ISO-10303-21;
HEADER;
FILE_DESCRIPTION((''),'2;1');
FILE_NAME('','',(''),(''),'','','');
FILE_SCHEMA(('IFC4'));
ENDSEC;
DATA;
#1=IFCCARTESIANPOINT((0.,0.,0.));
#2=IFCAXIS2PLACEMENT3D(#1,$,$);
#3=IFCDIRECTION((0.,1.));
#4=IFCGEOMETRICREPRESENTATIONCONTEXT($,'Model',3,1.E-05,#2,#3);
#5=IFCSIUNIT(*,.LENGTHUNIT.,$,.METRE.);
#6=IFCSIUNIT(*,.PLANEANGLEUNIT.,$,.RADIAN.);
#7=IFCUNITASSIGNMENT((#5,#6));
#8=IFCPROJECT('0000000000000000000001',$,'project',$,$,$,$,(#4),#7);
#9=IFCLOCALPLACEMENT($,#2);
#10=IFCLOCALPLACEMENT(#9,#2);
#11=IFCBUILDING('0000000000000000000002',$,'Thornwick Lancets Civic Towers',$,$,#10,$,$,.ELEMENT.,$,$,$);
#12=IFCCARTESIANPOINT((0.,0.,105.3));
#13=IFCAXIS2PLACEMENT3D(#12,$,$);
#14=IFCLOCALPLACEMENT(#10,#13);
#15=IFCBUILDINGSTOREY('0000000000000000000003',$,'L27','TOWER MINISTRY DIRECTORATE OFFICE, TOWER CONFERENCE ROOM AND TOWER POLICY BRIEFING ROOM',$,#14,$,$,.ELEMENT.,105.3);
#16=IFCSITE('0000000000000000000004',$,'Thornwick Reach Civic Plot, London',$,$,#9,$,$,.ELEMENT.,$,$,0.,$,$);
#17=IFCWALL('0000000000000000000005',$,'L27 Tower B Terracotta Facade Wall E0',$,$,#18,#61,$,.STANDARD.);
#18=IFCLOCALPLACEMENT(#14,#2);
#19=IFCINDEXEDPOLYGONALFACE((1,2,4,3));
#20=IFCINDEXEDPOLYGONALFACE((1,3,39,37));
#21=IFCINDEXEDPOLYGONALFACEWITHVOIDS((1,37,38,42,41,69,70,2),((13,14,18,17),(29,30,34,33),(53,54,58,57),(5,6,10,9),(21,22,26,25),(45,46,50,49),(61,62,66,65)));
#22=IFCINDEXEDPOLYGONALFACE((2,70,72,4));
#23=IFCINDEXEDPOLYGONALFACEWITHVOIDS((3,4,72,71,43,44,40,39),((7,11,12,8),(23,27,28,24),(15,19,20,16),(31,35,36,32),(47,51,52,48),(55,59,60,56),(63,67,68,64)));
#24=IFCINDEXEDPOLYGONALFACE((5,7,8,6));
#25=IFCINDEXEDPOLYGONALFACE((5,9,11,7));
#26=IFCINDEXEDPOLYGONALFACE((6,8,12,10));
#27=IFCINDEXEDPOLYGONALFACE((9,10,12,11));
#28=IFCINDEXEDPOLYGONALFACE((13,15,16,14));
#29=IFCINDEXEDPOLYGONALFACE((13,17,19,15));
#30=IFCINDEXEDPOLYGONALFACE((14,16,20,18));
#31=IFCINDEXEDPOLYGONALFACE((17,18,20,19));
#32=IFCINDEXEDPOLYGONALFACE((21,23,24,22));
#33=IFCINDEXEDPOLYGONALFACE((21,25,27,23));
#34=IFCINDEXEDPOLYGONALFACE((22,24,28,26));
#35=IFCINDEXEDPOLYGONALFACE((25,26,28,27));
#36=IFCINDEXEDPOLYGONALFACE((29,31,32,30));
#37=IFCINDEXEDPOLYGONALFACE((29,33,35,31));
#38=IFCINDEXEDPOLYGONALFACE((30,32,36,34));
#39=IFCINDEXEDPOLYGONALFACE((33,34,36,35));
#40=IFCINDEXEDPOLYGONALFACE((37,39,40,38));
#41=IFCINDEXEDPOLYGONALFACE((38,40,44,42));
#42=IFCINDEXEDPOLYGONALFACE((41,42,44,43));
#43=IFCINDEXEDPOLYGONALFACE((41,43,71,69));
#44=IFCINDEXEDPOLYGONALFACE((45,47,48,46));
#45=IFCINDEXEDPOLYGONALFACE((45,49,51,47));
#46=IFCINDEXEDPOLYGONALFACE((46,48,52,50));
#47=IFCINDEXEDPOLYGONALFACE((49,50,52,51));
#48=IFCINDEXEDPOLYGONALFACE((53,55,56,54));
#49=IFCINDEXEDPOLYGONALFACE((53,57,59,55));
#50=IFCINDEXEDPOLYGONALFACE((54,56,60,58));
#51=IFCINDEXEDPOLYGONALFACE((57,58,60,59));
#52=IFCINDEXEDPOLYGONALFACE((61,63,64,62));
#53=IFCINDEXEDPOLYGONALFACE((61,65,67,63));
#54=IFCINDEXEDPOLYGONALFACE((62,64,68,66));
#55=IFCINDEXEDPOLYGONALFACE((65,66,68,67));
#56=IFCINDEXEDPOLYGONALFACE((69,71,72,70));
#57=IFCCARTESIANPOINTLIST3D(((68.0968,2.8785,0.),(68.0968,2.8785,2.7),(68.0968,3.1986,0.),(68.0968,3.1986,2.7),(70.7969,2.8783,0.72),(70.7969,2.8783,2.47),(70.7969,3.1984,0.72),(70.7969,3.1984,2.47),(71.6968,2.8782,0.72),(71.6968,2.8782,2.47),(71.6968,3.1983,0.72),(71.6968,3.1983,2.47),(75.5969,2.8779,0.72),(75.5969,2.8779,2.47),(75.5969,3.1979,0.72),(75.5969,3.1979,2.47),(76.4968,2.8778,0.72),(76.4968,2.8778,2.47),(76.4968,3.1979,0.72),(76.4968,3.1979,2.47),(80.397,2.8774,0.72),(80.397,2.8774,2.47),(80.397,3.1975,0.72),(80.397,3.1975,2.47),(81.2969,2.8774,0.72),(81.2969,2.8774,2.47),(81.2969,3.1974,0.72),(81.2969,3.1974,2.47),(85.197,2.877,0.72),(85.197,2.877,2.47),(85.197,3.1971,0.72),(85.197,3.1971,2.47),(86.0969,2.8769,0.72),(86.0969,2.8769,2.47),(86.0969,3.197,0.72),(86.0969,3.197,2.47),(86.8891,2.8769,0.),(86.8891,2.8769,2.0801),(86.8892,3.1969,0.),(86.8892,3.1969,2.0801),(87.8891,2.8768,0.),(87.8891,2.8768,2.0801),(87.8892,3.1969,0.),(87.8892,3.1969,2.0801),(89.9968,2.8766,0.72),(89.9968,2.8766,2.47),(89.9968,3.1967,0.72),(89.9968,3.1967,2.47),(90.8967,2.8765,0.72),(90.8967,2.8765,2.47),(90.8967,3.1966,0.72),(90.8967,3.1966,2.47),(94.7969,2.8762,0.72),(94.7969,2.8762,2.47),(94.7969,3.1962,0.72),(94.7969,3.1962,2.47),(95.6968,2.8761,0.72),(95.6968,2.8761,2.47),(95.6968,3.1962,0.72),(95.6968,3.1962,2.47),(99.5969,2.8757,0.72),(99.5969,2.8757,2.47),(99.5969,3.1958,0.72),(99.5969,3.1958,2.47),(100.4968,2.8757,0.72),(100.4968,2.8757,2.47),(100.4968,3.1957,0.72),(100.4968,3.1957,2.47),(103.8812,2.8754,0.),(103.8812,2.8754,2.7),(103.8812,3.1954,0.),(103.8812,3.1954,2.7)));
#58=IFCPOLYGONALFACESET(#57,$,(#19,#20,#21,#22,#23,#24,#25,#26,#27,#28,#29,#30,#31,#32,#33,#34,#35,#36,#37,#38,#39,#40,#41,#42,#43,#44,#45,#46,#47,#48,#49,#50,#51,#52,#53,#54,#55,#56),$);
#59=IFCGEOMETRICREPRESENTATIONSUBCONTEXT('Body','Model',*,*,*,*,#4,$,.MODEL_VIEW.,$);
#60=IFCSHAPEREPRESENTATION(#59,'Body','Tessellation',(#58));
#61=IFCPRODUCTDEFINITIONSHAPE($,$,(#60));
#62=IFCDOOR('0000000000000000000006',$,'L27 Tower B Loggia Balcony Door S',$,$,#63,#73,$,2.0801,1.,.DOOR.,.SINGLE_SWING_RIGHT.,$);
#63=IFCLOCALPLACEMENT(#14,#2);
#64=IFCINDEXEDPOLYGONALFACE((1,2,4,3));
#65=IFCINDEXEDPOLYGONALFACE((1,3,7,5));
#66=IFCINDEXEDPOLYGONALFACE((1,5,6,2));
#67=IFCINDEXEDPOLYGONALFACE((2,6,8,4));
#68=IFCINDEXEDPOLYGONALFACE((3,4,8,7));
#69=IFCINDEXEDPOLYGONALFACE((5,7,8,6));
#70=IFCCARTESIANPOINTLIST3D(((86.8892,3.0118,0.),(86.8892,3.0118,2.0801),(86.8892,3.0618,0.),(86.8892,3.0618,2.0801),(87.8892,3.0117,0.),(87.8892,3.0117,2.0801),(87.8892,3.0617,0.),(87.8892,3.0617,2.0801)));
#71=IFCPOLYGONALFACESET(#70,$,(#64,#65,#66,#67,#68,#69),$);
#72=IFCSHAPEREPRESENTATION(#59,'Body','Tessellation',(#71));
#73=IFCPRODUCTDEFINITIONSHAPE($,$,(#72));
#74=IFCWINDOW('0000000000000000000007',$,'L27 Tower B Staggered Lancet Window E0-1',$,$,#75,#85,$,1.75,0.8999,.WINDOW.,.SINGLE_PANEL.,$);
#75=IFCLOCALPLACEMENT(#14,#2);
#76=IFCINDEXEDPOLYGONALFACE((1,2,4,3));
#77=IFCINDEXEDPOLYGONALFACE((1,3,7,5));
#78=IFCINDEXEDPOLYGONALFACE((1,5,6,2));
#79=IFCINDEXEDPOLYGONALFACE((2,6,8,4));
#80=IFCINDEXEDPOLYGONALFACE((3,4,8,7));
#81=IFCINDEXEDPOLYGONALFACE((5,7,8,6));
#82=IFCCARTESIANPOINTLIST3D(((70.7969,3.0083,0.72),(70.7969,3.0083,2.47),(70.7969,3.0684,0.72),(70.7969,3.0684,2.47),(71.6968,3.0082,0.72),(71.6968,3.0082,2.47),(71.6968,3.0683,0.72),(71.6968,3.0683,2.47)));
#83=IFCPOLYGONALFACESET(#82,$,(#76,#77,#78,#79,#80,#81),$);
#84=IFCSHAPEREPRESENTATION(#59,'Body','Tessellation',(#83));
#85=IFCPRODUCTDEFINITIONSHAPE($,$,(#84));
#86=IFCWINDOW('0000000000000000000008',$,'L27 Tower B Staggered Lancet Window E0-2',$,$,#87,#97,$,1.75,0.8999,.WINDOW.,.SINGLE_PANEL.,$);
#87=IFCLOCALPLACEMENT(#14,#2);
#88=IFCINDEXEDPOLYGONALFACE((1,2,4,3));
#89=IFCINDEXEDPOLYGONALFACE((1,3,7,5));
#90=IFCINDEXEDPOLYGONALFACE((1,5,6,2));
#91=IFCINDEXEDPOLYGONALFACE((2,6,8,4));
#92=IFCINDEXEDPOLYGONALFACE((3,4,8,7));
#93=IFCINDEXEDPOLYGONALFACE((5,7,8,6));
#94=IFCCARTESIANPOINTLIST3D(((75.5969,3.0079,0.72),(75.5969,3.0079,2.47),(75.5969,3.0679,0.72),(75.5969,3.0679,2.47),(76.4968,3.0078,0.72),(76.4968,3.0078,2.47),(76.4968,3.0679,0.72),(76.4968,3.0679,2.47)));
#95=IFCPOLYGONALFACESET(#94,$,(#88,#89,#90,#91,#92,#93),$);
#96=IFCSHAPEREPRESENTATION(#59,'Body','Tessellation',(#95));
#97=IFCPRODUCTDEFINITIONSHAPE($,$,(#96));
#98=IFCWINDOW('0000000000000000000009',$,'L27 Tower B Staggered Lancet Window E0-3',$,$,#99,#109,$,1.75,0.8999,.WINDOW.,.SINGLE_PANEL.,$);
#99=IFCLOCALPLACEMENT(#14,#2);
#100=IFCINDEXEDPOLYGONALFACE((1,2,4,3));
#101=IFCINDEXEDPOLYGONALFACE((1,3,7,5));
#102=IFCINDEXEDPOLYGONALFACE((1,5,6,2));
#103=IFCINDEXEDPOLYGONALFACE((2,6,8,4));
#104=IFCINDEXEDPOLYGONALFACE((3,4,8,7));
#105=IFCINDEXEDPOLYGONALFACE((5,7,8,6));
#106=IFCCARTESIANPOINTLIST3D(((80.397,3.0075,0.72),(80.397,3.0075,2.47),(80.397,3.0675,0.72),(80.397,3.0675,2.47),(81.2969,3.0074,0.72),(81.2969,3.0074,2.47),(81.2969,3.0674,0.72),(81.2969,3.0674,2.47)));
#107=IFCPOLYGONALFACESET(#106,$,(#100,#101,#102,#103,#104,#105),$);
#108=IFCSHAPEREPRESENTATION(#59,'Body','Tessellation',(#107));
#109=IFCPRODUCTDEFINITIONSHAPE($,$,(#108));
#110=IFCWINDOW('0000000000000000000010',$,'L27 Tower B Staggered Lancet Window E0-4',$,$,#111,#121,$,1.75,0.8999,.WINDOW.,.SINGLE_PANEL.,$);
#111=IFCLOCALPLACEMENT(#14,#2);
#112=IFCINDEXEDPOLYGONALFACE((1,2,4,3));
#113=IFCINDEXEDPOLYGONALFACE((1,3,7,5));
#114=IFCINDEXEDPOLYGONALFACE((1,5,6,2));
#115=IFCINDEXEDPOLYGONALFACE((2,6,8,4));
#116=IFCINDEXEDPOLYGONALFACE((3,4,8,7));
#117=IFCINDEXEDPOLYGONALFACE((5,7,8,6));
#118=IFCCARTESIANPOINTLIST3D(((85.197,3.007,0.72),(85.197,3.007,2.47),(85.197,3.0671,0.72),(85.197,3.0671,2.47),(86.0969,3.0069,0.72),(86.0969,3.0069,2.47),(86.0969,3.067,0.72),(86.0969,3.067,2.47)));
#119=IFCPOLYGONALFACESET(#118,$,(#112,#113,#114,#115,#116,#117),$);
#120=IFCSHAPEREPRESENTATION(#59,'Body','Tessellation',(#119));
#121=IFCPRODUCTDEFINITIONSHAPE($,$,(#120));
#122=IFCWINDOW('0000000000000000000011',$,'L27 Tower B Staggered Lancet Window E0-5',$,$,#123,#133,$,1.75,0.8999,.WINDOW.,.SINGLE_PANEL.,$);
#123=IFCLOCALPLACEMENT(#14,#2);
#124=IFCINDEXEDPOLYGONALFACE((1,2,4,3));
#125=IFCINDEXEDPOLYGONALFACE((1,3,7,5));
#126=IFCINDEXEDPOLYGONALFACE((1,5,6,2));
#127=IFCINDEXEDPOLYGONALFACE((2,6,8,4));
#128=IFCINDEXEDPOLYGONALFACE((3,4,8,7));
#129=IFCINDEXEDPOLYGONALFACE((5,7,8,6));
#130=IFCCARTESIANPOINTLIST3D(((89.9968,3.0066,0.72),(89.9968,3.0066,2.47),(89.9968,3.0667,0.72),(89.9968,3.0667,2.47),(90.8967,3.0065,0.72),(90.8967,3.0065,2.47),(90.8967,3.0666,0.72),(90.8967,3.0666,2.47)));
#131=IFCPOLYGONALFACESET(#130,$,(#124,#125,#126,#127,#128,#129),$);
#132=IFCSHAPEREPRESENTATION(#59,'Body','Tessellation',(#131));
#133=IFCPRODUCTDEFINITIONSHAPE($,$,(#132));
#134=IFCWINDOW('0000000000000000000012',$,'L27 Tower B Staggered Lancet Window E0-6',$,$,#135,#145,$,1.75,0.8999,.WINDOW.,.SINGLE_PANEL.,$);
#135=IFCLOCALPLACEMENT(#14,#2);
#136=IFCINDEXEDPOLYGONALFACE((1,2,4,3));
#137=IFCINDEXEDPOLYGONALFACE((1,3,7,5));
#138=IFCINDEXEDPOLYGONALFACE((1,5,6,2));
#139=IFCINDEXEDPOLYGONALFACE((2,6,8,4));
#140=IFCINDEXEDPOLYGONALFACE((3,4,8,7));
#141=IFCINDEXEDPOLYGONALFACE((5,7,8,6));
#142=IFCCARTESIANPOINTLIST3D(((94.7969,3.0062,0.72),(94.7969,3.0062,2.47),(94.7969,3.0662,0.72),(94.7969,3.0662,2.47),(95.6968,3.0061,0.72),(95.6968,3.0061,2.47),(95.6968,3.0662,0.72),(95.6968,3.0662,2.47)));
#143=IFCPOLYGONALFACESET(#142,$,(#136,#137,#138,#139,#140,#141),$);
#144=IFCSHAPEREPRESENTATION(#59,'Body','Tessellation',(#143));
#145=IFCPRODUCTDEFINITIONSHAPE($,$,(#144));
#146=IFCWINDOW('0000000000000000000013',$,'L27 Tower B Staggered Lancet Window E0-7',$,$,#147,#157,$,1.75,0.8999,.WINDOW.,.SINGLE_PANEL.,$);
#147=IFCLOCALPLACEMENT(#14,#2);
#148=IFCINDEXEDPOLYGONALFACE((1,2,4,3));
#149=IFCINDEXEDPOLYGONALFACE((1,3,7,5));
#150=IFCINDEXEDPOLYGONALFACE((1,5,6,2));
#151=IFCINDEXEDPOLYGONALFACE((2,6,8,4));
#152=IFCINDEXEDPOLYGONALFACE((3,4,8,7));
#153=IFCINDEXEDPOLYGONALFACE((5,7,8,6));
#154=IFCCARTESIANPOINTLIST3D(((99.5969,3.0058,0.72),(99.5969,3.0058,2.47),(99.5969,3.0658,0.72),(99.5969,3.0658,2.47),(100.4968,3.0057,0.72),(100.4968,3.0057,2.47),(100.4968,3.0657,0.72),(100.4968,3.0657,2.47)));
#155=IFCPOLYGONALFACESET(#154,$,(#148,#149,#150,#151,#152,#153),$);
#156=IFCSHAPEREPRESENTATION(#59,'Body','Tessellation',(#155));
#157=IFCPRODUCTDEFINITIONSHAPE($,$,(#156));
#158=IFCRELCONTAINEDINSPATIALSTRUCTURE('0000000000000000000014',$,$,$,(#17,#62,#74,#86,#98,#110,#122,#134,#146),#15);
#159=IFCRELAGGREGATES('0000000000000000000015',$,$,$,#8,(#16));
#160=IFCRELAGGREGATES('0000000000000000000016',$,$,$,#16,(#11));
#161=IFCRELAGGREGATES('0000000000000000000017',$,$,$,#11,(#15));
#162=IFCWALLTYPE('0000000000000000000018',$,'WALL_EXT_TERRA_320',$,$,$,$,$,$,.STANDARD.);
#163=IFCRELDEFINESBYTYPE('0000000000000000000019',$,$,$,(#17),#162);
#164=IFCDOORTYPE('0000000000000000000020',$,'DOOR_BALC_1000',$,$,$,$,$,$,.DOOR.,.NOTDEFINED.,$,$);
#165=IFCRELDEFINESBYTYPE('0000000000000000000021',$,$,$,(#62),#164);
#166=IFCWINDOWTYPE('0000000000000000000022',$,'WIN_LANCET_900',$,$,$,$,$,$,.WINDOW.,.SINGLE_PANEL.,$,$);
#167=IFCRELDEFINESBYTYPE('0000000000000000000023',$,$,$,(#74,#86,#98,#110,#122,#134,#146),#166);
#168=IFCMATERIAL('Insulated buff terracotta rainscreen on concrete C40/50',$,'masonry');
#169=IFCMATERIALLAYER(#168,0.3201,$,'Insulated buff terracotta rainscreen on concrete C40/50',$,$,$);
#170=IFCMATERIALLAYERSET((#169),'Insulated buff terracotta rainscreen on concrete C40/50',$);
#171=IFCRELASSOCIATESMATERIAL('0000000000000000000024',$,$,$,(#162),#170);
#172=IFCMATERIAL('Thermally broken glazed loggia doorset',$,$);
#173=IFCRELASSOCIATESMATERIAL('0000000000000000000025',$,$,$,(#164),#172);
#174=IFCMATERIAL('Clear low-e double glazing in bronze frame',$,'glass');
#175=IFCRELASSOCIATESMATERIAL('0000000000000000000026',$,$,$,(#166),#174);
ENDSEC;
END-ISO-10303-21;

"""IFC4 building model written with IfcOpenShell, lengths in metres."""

from ifc_helpers import new_model, si_unit, direction, frame, frame_2d, origin, place, context, subcontext, project, spatial, rectangle, extrude, material, layer, layer_set, type_object, element, fill, save


model = new_model("IFC4")

# Units and contexts
model_context = context("Model", 3, precision=1e-05, world=origin(), true_north=direction((0.0, 1.0)))
body_context = subcontext(model_context, "Body", "Model", "MODEL_VIEW")
ifc_project = project(units=[si_unit("LENGTHUNIT", "METRE"), si_unit("PLANEANGLEUNIT", "RADIAN")], contexts=[model_context])

# Site, building, storey
site_placement = place(None, origin())
site = spatial("IfcSite", under=ifc_project, at=site_placement, Name="Thornwick Reach Civic Plot, London", CompositionType="ELEMENT", RefElevation=0.0)
building_placement = place(site_placement, origin())
building = spatial("IfcBuilding", under=site, at=building_placement, Name="Thornwick Lancets Civic Towers", CompositionType="ELEMENT")
storey_placement = place(building_placement, frame((0.0, 0.0, 105.3)))
storey = spatial("IfcBuildingStorey", under=building, at=storey_placement, Name="L27", Description="TOWER MINISTRY DIRECTORATE OFFICE, TOWER CONFERENCE ROOM AND TOWER POLICY BRIEFING ROOM", CompositionType="ELEMENT", Elevation=105.3)

# Wall, openings, door, windows
ifc_material_1 = material(Name="Insulated buff terracotta rainscreen on concrete C40/50", Category="masonry")
ifc_layer_1 = layer(ifc_material_1, 0.3201, Name="Insulated buff terracotta rainscreen on concrete C40/50")
ifc_layer_set_1 = layer_set([ifc_layer_1], Name="Insulated buff terracotta rainscreen on concrete C40/50")
wall_type_1 = type_object("IfcWallType", Name="WALL_EXT_TERRA_320", PredefinedType="STANDARD", material=ifc_layer_set_1)
wall_1_placement = place(storey_placement, frame((68.0969, 3.0386, 0.0), z_axis=(0.0, 0.0, 1.0), x_axis=(1.0, -0.000089, 0.0)))
wall_1 = element("IfcWall", 1, at=wall_1_placement, inside=storey, type_object=wall_type_1, Name="L27 Tower B Terracotta Facade Wall E0", PredefinedType="STANDARD", context=body_context, shape_type="SweptSolid", body=[
    extrude(rectangle(XDim=35.7844, YDim=0.3201, at=frame_2d((17.8921, 0.0))), origin(), (0.0, 0.0, 1.0), 2.7),
])
opening_1_placement = place(wall_1_placement, frame((18.7922, 0.0, 0.0)))
opening_1 = element("IfcOpeningElement", 2, at=opening_1_placement, cuts=wall_1, PredefinedType="OPENING", context=body_context, shape_type="SweptSolid", body=[
    extrude(rectangle(XDim=1.0, YDim=2.0801, at=frame_2d((0.5, 1.04))), frame((0.0, 0.1699, 0.0), z_axis=(0.0, -1.0, 0.0), x_axis=(1.0, 0.0, 0.0)), (0.0, 0.0, 1.0), 0.3401),
])
opening_2_placement = place(wall_1_placement, frame((2.7, 0.0, 0.72)))
opening_2 = element("IfcOpeningElement", 3, at=opening_2_placement, cuts=wall_1, PredefinedType="OPENING", context=body_context, shape_type="SweptSolid", body=[
    extrude(rectangle(XDim=0.8999, YDim=1.75, at=frame_2d((0.45, 0.875))), frame((0.0, 0.1699, 0.0), z_axis=(0.0, -1.0, 0.0), x_axis=(1.0, 0.0, 0.0)), (0.0, 0.0, 1.0), 0.3401),
])
opening_3_placement = place(wall_1_placement, frame((7.5, 0.0, 0.72)))
opening_3 = element("IfcOpeningElement", 4, at=opening_3_placement, cuts=wall_1, PredefinedType="OPENING", context=body_context, shape_type="SweptSolid", body=[
    extrude(rectangle(XDim=0.8999, YDim=1.75, at=frame_2d((0.45, 0.875))), frame((0.0, 0.1699, 0.0), z_axis=(0.0, -1.0, 0.0), x_axis=(1.0, 0.0, 0.0)), (0.0, 0.0, 1.0), 0.3401),
])
opening_4_placement = place(wall_1_placement, frame((12.3, 0.0, 0.72)))
opening_4 = element("IfcOpeningElement", 5, at=opening_4_placement, cuts=wall_1, PredefinedType="OPENING", context=body_context, shape_type="SweptSolid", body=[
    extrude(rectangle(XDim=0.8999, YDim=1.75, at=frame_2d((0.45, 0.875))), frame((0.0, 0.1699, 0.0), z_axis=(0.0, -1.0, 0.0), x_axis=(1.0, 0.0, 0.0)), (0.0, 0.0, 1.0), 0.3401),
])
opening_5_placement = place(wall_1_placement, frame((17.1001, 0.0, 0.72)))
opening_5 = element("IfcOpeningElement", 6, at=opening_5_placement, cuts=wall_1, PredefinedType="OPENING", context=body_context, shape_type="SweptSolid", body=[
    extrude(rectangle(XDim=0.8999, YDim=1.75, at=frame_2d((0.45, 0.875))), frame((0.0, 0.1699, 0.0), z_axis=(0.0, -1.0, 0.0), x_axis=(1.0, 0.0, 0.0)), (0.0, 0.0, 1.0), 0.3401),
])
opening_6_placement = place(wall_1_placement, frame((21.8999, 0.0, 0.72)))
opening_6 = element("IfcOpeningElement", 7, at=opening_6_placement, cuts=wall_1, PredefinedType="OPENING", context=body_context, shape_type="SweptSolid", body=[
    extrude(rectangle(XDim=0.8999, YDim=1.75, at=frame_2d((0.45, 0.875))), frame((0.0, 0.1699, 0.0), z_axis=(0.0, -1.0, 0.0), x_axis=(1.0, 0.0, 0.0)), (0.0, 0.0, 1.0), 0.3401),
])
opening_7_placement = place(wall_1_placement, frame((26.7, 0.0, 0.72)))
opening_7 = element("IfcOpeningElement", 8, at=opening_7_placement, cuts=wall_1, PredefinedType="OPENING", context=body_context, shape_type="SweptSolid", body=[
    extrude(rectangle(XDim=0.8999, YDim=1.75, at=frame_2d((0.45, 0.875))), frame((0.0, 0.1699, 0.0), z_axis=(0.0, -1.0, 0.0), x_axis=(1.0, 0.0, 0.0)), (0.0, 0.0, 1.0), 0.3401),
])
opening_8_placement = place(wall_1_placement, frame((31.5, 0.0, 0.72)))
opening_8 = element("IfcOpeningElement", 9, at=opening_8_placement, cuts=wall_1, PredefinedType="OPENING", context=body_context, shape_type="SweptSolid", body=[
    extrude(rectangle(XDim=0.8999, YDim=1.75, at=frame_2d((0.45, 0.875))), frame((0.0, 0.1699, 0.0), z_axis=(0.0, -1.0, 0.0), x_axis=(1.0, 0.0, 0.0)), (0.0, 0.0, 1.0), 0.3401),
])
ifc_material_2 = material(Name="Thermally broken glazed loggia doorset")
door_type = type_object("IfcDoorType", Name="DOOR_BALC_1000", OperationType="NOTDEFINED", PredefinedType="DOOR", material=ifc_material_2)
door_placement = place(opening_1_placement, origin())
door = element("IfcDoor", 10, at=door_placement, inside=storey, type_object=door_type, Name="L27 Tower B Loggia Balcony Door S", OperationType="SINGLE_SWING_RIGHT", OverallHeight=2.0801, OverallWidth=1.0, PredefinedType="DOOR", context=body_context, shape_type="SweptSolid", body=[
    extrude(rectangle(XDim=1.0, YDim=2.0801, at=frame_2d((0.5, 1.04))), frame((0.0, 0.0249, 0.0), z_axis=(0.0, -1.0, 0.0), x_axis=(1.0, 0.0, 0.0)), (0.0, 0.0, 1.0), 0.05),
])
fill(opening_1, door)
ifc_material_3 = material(Name="Clear low-e double glazing in bronze frame", Category="glass")
window_type = type_object("IfcWindowType", Name="WIN_LANCET_900", PartitioningType="SINGLE_PANEL", PredefinedType="WINDOW", material=ifc_material_3)
window_1_placement = place(opening_2_placement, origin())
window_1 = element("IfcWindow", 11, at=window_1_placement, inside=storey, type_object=window_type, Name="L27 Tower B Staggered Lancet Window E0-1", OverallHeight=1.75, OverallWidth=0.8999, PartitioningType="SINGLE_PANEL", PredefinedType="WINDOW", context=body_context, shape_type="SweptSolid", body=[
    extrude(rectangle(XDim=0.8999, YDim=1.75, at=frame_2d((0.45, 0.875))), frame((0.0, 0.03, 0.0), z_axis=(0.0, -1.0, 0.0), x_axis=(1.0, 0.0, 0.0)), (0.0, 0.0, 1.0), 0.0601),
])
fill(opening_2, window_1)
window_2_placement = place(opening_3_placement, origin())
window_2 = element("IfcWindow", 12, at=window_2_placement, inside=storey, type_object=window_type, Name="L27 Tower B Staggered Lancet Window E0-2", OverallHeight=1.75, OverallWidth=0.8999, PartitioningType="SINGLE_PANEL", PredefinedType="WINDOW", context=body_context, shape_type="SweptSolid", body=[
    extrude(rectangle(XDim=0.8999, YDim=1.75, at=frame_2d((0.45, 0.875))), frame((0.0, 0.03, 0.0), z_axis=(0.0, -1.0, 0.0), x_axis=(1.0, 0.0, 0.0)), (0.0, 0.0, 1.0), 0.0601),
])
fill(opening_3, window_2)
window_3_placement = place(opening_4_placement, origin())
window_3 = element("IfcWindow", 13, at=window_3_placement, inside=storey, type_object=window_type, Name="L27 Tower B Staggered Lancet Window E0-3", OverallHeight=1.75, OverallWidth=0.8999, PartitioningType="SINGLE_PANEL", PredefinedType="WINDOW", context=body_context, shape_type="SweptSolid", body=[
    extrude(rectangle(XDim=0.8999, YDim=1.75, at=frame_2d((0.45, 0.875))), frame((0.0, 0.03, 0.0), z_axis=(0.0, -1.0, 0.0), x_axis=(1.0, 0.0, 0.0)), (0.0, 0.0, 1.0), 0.0601),
])
fill(opening_4, window_3)
window_4_placement = place(opening_5_placement, origin())
window_4 = element("IfcWindow", 14, at=window_4_placement, inside=storey, type_object=window_type, Name="L27 Tower B Staggered Lancet Window E0-4", OverallHeight=1.75, OverallWidth=0.8999, PartitioningType="SINGLE_PANEL", PredefinedType="WINDOW", context=body_context, shape_type="SweptSolid", body=[
    extrude(rectangle(XDim=0.8999, YDim=1.75, at=frame_2d((0.45, 0.875))), frame((0.0, 0.03, 0.0), z_axis=(0.0, -1.0, 0.0), x_axis=(1.0, 0.0, 0.0)), (0.0, 0.0, 1.0), 0.0601),
])
fill(opening_5, window_4)
window_5_placement = place(opening_6_placement, origin())
window_5 = element("IfcWindow", 15, at=window_5_placement, inside=storey, type_object=window_type, Name="L27 Tower B Staggered Lancet Window E0-5", OverallHeight=1.75, OverallWidth=0.8999, PartitioningType="SINGLE_PANEL", PredefinedType="WINDOW", context=body_context, shape_type="SweptSolid", body=[
    extrude(rectangle(XDim=0.8999, YDim=1.75, at=frame_2d((0.45, 0.875))), frame((0.0, 0.03, 0.0), z_axis=(0.0, -1.0, 0.0), x_axis=(1.0, 0.0, 0.0)), (0.0, 0.0, 1.0), 0.0601),
])
fill(opening_6, window_5)
window_6_placement = place(opening_7_placement, origin())
window_6 = element("IfcWindow", 16, at=window_6_placement, inside=storey, type_object=window_type, Name="L27 Tower B Staggered Lancet Window E0-6", OverallHeight=1.75, OverallWidth=0.8999, PartitioningType="SINGLE_PANEL", PredefinedType="WINDOW", context=body_context, shape_type="SweptSolid", body=[
    extrude(rectangle(XDim=0.8999, YDim=1.75, at=frame_2d((0.45, 0.875))), frame((0.0, 0.03, 0.0), z_axis=(0.0, -1.0, 0.0), x_axis=(1.0, 0.0, 0.0)), (0.0, 0.0, 1.0), 0.0601),
])
fill(opening_7, window_6)
window_7_placement = place(opening_8_placement, origin())
window_7 = element("IfcWindow", 17, at=window_7_placement, inside=storey, type_object=window_type, Name="L27 Tower B Staggered Lancet Window E0-7", OverallHeight=1.75, OverallWidth=0.8999, PartitioningType="SINGLE_PANEL", PredefinedType="WINDOW", context=body_context, shape_type="SweptSolid", body=[
    extrude(rectangle(XDim=0.8999, YDim=1.75, at=frame_2d((0.45, 0.875))), frame((0.0, 0.03, 0.0), z_axis=(0.0, -1.0, 0.0), x_axis=(1.0, 0.0, 0.0)), (0.0, 0.0, 1.0), 0.0601),
])
fill(opening_8, window_7)

save(model, "model.ifc")
